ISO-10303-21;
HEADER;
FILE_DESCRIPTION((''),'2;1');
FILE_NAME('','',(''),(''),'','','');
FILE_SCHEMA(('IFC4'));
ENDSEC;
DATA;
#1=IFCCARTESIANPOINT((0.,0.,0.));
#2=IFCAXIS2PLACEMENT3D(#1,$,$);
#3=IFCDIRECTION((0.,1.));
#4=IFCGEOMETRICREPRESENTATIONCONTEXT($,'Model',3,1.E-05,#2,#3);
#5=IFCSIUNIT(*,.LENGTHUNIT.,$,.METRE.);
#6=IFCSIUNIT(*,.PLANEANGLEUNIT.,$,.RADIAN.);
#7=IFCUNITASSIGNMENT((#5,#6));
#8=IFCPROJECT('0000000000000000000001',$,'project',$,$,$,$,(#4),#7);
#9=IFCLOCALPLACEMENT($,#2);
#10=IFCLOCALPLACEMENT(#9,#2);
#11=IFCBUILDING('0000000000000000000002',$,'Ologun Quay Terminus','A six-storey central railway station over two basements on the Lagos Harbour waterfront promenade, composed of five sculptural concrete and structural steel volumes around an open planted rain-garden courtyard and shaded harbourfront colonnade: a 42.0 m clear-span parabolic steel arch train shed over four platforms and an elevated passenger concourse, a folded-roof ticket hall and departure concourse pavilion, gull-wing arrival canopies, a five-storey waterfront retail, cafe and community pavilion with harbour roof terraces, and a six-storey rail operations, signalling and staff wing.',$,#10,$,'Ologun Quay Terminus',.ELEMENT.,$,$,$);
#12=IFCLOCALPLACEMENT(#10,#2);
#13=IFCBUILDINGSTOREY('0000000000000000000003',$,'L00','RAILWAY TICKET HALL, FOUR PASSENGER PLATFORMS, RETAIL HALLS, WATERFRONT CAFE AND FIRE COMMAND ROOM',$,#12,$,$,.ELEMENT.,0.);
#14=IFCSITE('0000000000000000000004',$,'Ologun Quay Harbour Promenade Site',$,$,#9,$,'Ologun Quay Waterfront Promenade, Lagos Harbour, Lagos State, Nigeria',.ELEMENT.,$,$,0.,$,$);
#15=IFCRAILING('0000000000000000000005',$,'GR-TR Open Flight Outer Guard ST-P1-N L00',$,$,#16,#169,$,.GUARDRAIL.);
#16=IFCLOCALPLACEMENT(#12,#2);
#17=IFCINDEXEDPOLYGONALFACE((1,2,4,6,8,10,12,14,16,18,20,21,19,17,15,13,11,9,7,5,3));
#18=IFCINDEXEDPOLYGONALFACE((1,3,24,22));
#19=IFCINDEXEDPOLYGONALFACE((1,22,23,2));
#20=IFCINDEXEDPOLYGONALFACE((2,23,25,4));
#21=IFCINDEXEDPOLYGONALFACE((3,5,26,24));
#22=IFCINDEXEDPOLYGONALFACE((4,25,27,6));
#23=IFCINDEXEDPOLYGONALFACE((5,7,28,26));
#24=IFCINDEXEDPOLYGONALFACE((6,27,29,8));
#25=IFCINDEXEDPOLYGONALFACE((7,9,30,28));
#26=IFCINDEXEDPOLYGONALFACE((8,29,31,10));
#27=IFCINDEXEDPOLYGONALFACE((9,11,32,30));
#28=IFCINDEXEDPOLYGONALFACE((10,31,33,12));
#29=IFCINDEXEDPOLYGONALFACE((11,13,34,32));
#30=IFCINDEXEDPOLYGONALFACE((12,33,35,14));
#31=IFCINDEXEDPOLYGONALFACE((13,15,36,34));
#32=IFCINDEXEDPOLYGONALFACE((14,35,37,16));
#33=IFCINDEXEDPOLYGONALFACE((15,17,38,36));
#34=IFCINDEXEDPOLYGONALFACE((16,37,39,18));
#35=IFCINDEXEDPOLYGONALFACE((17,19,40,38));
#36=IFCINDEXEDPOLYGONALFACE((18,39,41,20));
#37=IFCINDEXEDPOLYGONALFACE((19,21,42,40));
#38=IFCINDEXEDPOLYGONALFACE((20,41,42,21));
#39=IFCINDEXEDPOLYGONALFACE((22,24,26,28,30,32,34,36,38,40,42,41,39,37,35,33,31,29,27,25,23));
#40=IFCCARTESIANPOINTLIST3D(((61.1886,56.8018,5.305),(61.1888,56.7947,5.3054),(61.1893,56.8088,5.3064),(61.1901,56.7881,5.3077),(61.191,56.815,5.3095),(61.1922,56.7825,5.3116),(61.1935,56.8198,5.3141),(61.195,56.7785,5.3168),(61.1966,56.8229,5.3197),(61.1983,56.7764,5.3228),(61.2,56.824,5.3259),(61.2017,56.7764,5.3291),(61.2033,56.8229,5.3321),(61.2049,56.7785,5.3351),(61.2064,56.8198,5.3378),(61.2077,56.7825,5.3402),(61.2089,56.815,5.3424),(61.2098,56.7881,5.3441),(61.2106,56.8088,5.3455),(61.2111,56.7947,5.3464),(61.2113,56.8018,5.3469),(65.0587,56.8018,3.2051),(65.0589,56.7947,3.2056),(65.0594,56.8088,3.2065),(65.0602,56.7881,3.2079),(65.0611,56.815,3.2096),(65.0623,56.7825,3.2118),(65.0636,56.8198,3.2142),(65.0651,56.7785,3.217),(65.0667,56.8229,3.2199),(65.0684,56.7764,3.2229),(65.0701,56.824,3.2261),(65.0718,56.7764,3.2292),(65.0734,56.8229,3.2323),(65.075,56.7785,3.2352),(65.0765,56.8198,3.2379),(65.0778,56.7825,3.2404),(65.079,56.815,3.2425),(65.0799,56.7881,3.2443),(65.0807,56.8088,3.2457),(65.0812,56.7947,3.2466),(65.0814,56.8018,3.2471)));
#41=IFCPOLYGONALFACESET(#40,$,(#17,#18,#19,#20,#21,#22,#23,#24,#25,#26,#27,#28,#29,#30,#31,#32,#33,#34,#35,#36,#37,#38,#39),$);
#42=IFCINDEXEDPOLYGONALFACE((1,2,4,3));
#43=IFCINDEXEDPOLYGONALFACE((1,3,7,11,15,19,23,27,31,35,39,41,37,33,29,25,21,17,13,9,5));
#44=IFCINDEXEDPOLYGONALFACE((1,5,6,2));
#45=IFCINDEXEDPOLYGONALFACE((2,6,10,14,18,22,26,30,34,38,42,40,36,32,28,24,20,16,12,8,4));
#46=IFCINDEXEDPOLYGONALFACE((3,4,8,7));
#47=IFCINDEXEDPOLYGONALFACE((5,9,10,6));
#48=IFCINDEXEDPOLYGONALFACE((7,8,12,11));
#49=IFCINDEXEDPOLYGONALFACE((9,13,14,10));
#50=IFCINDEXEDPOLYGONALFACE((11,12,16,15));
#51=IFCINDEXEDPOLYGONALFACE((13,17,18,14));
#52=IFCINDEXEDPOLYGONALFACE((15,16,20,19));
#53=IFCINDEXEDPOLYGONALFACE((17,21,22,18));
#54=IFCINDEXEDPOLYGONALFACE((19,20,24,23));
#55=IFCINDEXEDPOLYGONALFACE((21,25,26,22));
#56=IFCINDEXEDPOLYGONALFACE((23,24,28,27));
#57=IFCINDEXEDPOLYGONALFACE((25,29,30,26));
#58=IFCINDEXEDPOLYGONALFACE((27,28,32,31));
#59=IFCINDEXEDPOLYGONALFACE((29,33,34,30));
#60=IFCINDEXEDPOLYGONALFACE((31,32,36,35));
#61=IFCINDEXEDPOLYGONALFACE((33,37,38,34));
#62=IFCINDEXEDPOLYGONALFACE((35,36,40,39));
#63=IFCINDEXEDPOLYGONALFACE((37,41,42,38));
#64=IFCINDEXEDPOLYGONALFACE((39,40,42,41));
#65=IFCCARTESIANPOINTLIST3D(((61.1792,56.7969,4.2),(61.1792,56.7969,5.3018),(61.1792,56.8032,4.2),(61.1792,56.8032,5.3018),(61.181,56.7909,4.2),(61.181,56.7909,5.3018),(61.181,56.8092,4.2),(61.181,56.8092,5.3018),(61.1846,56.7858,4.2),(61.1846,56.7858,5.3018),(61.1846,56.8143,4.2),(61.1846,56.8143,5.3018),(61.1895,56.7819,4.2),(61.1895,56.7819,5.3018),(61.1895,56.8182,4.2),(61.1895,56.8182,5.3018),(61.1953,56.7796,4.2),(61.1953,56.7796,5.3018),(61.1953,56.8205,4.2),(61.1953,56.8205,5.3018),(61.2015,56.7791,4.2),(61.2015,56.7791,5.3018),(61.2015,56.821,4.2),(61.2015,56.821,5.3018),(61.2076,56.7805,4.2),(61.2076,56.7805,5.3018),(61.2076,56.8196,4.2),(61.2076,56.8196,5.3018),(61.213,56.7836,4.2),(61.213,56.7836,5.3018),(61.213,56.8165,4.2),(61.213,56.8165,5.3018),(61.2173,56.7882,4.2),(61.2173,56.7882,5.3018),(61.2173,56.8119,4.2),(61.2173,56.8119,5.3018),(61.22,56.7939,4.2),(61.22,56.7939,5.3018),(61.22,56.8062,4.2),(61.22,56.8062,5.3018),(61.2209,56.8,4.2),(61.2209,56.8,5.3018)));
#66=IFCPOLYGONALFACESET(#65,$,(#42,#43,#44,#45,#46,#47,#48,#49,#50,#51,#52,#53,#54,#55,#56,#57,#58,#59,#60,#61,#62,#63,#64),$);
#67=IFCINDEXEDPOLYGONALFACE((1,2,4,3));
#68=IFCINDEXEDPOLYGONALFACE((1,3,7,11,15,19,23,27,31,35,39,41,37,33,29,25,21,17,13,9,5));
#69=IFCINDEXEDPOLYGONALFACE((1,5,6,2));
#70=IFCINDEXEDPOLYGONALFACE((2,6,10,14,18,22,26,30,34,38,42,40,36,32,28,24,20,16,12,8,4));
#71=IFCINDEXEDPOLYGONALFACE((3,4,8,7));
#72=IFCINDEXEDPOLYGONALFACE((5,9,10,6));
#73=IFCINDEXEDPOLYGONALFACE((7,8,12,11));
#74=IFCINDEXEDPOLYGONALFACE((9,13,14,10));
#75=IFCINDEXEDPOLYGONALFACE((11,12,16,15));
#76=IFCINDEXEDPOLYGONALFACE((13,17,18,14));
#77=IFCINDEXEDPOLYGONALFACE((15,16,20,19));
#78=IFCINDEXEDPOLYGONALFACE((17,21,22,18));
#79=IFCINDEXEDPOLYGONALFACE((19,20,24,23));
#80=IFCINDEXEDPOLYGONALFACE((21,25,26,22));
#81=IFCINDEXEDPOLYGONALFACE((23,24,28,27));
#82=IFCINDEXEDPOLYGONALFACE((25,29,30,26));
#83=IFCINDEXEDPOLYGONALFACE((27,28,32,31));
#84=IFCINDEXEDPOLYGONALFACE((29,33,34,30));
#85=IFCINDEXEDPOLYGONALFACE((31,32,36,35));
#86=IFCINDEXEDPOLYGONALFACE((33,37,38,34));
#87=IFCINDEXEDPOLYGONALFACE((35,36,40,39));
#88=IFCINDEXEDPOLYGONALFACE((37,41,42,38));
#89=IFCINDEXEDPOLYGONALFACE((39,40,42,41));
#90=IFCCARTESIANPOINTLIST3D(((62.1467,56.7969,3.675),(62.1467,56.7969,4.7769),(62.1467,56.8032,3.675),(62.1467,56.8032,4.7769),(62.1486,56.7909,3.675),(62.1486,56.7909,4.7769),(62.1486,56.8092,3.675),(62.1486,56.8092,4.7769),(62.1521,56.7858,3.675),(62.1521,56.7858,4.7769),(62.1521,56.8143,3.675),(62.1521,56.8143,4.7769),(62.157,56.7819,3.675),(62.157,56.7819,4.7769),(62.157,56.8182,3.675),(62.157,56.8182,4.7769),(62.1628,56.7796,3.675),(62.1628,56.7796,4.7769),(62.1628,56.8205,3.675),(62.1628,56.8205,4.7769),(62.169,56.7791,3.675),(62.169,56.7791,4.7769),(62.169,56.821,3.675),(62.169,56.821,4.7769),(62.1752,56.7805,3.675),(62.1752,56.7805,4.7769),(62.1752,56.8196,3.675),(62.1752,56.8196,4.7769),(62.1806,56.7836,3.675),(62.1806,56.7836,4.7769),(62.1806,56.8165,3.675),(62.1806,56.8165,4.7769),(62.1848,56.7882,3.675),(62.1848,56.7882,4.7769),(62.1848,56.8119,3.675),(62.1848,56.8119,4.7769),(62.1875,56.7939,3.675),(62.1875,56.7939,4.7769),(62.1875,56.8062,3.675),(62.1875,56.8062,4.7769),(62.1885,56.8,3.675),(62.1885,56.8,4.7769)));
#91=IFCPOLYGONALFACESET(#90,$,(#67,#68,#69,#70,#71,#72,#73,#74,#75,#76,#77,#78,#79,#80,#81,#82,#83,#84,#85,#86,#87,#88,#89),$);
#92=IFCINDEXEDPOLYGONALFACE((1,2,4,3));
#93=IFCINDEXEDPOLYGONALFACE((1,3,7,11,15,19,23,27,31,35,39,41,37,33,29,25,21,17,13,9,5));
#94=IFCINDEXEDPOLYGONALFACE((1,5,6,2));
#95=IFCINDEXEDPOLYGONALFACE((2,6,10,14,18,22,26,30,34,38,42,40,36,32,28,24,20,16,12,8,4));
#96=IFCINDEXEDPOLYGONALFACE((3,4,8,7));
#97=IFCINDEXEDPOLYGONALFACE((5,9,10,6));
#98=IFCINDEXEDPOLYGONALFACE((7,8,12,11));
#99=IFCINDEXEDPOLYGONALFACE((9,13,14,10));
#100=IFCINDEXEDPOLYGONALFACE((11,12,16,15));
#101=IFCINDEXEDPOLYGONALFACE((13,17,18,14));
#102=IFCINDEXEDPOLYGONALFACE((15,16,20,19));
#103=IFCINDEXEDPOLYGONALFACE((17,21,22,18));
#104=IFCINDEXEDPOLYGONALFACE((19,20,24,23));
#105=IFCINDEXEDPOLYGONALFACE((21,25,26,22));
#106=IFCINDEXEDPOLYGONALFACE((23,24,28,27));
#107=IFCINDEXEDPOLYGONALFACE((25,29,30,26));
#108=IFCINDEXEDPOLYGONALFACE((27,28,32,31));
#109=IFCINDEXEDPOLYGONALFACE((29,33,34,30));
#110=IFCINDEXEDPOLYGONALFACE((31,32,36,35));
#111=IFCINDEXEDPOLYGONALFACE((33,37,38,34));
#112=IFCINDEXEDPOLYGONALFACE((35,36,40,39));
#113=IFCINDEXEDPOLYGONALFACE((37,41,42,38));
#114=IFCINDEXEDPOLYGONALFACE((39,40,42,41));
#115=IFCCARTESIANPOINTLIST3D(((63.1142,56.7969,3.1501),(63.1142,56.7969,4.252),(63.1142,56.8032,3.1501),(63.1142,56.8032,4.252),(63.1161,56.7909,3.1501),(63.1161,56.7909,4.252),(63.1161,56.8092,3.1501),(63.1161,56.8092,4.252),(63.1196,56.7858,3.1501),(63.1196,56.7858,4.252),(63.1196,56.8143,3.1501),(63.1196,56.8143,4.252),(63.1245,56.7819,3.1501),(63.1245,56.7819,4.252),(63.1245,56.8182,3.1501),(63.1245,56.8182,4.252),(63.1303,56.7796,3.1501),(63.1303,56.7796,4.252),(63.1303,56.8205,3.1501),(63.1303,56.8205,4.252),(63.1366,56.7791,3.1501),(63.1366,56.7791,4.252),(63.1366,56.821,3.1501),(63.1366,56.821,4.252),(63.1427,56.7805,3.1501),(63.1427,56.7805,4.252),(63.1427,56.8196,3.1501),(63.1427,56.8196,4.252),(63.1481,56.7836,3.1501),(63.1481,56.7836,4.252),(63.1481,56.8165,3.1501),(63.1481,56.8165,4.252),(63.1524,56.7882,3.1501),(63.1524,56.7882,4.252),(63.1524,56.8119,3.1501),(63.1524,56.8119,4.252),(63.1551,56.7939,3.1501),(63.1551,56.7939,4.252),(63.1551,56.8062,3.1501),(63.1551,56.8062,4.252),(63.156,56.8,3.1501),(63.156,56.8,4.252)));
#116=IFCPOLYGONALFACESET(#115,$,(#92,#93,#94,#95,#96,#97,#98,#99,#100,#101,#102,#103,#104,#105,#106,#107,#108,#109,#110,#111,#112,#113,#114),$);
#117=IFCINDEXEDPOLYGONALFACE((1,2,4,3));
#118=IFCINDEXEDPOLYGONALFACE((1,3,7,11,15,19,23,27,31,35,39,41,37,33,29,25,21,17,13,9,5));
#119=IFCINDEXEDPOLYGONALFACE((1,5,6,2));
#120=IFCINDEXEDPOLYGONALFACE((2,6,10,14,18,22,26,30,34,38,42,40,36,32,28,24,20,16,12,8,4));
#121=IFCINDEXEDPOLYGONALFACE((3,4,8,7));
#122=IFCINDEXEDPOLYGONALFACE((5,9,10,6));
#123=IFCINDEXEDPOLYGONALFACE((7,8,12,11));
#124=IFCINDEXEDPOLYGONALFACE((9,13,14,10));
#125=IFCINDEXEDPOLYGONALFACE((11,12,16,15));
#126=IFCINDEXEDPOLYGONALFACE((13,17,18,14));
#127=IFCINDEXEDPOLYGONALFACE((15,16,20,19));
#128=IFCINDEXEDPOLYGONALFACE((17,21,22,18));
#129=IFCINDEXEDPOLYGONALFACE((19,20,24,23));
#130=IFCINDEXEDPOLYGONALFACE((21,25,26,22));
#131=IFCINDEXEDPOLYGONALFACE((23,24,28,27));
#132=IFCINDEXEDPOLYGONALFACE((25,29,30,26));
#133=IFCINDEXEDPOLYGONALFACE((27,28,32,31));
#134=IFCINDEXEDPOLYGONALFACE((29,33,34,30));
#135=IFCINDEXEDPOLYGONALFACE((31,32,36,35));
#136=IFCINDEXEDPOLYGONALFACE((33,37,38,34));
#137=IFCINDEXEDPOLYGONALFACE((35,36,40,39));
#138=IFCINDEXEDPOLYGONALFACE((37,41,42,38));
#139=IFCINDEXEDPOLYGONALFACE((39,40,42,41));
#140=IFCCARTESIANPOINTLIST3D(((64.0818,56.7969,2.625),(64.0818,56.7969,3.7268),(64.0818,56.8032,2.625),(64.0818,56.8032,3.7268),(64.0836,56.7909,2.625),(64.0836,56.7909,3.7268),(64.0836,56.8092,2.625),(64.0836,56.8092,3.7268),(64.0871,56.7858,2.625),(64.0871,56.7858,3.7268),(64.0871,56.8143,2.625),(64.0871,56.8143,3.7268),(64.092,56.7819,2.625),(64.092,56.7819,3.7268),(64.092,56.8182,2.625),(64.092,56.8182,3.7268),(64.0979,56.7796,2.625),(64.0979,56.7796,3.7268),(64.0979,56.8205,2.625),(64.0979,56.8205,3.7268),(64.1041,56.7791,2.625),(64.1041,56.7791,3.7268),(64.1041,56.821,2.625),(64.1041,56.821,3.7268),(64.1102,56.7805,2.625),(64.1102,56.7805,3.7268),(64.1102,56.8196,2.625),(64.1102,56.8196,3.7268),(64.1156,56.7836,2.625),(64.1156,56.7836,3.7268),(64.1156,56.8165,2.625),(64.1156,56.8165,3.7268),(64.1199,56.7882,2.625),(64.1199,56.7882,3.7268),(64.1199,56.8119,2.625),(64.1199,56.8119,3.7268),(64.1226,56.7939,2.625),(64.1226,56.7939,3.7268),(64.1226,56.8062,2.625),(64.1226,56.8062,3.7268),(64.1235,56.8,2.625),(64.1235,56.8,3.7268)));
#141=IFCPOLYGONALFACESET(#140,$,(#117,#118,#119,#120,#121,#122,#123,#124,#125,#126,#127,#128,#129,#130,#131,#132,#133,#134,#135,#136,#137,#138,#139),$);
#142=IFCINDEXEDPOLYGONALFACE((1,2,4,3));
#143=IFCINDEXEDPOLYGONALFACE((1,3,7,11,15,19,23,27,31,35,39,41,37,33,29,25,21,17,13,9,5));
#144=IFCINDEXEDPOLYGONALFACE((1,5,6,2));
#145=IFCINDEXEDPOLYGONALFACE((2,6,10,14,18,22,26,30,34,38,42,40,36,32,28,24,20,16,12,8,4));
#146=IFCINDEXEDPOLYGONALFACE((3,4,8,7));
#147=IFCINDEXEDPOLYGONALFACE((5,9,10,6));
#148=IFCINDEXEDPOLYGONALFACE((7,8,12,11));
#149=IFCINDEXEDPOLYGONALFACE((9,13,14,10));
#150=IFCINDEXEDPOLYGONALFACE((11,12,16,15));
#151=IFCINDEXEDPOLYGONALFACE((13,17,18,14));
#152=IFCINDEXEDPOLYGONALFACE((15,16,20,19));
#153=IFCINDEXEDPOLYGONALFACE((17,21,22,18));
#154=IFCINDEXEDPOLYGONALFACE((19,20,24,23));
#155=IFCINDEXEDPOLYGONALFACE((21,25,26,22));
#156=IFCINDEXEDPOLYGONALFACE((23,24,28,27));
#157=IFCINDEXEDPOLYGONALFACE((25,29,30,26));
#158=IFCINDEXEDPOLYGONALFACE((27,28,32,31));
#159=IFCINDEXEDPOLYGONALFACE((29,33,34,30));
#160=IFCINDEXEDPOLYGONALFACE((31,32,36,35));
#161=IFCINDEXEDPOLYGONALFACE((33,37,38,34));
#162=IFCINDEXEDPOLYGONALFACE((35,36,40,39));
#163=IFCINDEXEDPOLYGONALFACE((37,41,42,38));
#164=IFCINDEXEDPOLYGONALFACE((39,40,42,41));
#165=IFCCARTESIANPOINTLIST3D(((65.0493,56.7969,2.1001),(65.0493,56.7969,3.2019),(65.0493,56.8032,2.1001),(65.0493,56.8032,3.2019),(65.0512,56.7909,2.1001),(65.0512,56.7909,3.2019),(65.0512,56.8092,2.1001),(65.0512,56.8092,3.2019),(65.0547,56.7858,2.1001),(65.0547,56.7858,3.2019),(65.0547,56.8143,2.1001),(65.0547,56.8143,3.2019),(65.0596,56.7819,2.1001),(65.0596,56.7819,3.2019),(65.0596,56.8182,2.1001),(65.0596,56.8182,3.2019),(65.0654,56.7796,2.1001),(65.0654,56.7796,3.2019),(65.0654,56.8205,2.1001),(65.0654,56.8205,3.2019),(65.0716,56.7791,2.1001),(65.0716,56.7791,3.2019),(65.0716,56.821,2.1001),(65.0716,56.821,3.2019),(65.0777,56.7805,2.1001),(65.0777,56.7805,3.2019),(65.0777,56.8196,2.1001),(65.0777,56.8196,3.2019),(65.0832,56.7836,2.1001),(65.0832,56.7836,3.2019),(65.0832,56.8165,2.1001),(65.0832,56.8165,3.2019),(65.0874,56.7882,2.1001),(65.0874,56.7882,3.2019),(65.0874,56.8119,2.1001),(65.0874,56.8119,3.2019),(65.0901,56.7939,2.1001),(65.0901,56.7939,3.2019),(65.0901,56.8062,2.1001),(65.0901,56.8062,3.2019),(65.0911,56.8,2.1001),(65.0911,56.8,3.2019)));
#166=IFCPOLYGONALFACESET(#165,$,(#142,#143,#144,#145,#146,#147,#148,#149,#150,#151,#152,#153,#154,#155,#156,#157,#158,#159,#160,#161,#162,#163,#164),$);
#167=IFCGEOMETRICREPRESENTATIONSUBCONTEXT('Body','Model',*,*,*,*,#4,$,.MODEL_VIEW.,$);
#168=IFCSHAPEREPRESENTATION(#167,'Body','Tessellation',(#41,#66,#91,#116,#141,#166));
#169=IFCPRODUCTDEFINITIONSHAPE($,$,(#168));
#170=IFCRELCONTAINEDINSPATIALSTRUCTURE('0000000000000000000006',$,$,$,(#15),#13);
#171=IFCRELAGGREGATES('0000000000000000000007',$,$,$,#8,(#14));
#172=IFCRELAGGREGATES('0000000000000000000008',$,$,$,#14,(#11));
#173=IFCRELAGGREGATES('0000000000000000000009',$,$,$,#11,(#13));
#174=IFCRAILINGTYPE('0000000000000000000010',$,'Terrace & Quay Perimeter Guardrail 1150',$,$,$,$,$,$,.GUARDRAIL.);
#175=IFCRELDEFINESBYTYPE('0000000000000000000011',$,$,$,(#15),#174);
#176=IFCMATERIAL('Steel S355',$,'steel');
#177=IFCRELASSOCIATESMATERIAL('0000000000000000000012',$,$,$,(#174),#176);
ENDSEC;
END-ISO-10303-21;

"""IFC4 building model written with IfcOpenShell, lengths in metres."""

from ifc_helpers import new_model, si_unit, direction, frame, origin, origin_2d, place, context, subcontext, project, spatial, circle, extrude, material, type_object, element, save


model = new_model("IFC4")

# Units and contexts
model_context = context("Model", 3, precision=1e-05, world=origin(), true_north=direction((0.0, 1.0)))
body_context = subcontext(model_context, "Body", "Model", "MODEL_VIEW")
ifc_project = project(units=[si_unit("LENGTHUNIT", "METRE"), si_unit("PLANEANGLEUNIT", "RADIAN")], contexts=[model_context])

# Site, building, storey
site_placement = place(None, origin())
site = spatial("IfcSite", under=ifc_project, at=site_placement, Name="Ologun Quay Harbour Promenade Site", LongName="Ologun Quay Waterfront Promenade, Lagos Harbour, Lagos State, Nigeria", CompositionType="ELEMENT", RefElevation=0.0)
building_placement = place(site_placement, origin())
building = spatial("IfcBuilding", under=site, at=building_placement, Name="Ologun Quay Terminus", Description="A six-storey central railway station over two basements on the Lagos Harbour waterfront promenade, composed of five sculptural concrete and structural steel volumes around an open planted rain-garden courtyard and shaded harbourfront colonnade: a 42.0 m clear-span parabolic steel arch train shed over four platforms and an elevated passenger concourse, a folded-roof ticket hall and departure concourse pavilion, gull-wing arrival canopies, a five-storey waterfront retail, cafe and community pavilion with harbour roof terraces, and a six-storey rail operations, signalling and staff wing.", LongName="Ologun Quay Terminus", CompositionType="ELEMENT")
storey_placement = place(building_placement, origin())
storey = spatial("IfcBuildingStorey", under=building, at=storey_placement, Name="L00", Description="RAILWAY TICKET HALL, FOUR PASSENGER PLATFORMS, RETAIL HALLS, WATERFRONT CAFE AND FIRE COMMAND ROOM", CompositionType="ELEMENT", Elevation=0.0)

# Railing
ifc_material_1 = material(Name="Steel S355", Category="steel")
railing_type_1 = type_object("IfcRailingType", Name="Terrace & Quay Perimeter Guardrail 1150", PredefinedType="GUARDRAIL", material=ifc_material_1)
railing_1_placement = place(storey_placement, frame((61.2, 56.8, 4.2)))
element("IfcRailing", 1, at=railing_1_placement, inside=storey, type_object=railing_type_1, Name="GR-TR Open Flight Outer Guard ST-P1-N L00", PredefinedType="GUARDRAIL", context=body_context, shape_type="SweptSolid", body=[
    extrude(circle(Radius=0.0239, at=origin_2d()), frame((0.0, 0.0, 1.126), z_axis=(0.878955, 0.0, -0.476905), x_axis=(0.0, 1.0, 0.0)), (0.0, 0.0, 1.0), 4.4031),
    extrude(circle(Radius=0.021, at=origin_2d()), origin(), (0.0, 0.0, 1.0), 1.1018),
    extrude(circle(Radius=0.021, at=origin_2d()), frame((0.9675, 0.0, -0.5249)), (0.0, 0.0, 1.0), 1.1018),
    extrude(circle(Radius=0.021, at=origin_2d()), frame((1.9351, 0.0, -1.0498)), (0.0, 0.0, 1.0), 1.1018),
    extrude(circle(Radius=0.021, at=origin_2d()), frame((2.9026, 0.0, -1.575)), (0.0, 0.0, 1.0), 1.1018),
    extrude(circle(Radius=0.021, at=origin_2d()), frame((3.8701, 0.0, -2.0999)), (0.0, 0.0, 1.0), 1.1018),
])

save(model, "model.ifc")
